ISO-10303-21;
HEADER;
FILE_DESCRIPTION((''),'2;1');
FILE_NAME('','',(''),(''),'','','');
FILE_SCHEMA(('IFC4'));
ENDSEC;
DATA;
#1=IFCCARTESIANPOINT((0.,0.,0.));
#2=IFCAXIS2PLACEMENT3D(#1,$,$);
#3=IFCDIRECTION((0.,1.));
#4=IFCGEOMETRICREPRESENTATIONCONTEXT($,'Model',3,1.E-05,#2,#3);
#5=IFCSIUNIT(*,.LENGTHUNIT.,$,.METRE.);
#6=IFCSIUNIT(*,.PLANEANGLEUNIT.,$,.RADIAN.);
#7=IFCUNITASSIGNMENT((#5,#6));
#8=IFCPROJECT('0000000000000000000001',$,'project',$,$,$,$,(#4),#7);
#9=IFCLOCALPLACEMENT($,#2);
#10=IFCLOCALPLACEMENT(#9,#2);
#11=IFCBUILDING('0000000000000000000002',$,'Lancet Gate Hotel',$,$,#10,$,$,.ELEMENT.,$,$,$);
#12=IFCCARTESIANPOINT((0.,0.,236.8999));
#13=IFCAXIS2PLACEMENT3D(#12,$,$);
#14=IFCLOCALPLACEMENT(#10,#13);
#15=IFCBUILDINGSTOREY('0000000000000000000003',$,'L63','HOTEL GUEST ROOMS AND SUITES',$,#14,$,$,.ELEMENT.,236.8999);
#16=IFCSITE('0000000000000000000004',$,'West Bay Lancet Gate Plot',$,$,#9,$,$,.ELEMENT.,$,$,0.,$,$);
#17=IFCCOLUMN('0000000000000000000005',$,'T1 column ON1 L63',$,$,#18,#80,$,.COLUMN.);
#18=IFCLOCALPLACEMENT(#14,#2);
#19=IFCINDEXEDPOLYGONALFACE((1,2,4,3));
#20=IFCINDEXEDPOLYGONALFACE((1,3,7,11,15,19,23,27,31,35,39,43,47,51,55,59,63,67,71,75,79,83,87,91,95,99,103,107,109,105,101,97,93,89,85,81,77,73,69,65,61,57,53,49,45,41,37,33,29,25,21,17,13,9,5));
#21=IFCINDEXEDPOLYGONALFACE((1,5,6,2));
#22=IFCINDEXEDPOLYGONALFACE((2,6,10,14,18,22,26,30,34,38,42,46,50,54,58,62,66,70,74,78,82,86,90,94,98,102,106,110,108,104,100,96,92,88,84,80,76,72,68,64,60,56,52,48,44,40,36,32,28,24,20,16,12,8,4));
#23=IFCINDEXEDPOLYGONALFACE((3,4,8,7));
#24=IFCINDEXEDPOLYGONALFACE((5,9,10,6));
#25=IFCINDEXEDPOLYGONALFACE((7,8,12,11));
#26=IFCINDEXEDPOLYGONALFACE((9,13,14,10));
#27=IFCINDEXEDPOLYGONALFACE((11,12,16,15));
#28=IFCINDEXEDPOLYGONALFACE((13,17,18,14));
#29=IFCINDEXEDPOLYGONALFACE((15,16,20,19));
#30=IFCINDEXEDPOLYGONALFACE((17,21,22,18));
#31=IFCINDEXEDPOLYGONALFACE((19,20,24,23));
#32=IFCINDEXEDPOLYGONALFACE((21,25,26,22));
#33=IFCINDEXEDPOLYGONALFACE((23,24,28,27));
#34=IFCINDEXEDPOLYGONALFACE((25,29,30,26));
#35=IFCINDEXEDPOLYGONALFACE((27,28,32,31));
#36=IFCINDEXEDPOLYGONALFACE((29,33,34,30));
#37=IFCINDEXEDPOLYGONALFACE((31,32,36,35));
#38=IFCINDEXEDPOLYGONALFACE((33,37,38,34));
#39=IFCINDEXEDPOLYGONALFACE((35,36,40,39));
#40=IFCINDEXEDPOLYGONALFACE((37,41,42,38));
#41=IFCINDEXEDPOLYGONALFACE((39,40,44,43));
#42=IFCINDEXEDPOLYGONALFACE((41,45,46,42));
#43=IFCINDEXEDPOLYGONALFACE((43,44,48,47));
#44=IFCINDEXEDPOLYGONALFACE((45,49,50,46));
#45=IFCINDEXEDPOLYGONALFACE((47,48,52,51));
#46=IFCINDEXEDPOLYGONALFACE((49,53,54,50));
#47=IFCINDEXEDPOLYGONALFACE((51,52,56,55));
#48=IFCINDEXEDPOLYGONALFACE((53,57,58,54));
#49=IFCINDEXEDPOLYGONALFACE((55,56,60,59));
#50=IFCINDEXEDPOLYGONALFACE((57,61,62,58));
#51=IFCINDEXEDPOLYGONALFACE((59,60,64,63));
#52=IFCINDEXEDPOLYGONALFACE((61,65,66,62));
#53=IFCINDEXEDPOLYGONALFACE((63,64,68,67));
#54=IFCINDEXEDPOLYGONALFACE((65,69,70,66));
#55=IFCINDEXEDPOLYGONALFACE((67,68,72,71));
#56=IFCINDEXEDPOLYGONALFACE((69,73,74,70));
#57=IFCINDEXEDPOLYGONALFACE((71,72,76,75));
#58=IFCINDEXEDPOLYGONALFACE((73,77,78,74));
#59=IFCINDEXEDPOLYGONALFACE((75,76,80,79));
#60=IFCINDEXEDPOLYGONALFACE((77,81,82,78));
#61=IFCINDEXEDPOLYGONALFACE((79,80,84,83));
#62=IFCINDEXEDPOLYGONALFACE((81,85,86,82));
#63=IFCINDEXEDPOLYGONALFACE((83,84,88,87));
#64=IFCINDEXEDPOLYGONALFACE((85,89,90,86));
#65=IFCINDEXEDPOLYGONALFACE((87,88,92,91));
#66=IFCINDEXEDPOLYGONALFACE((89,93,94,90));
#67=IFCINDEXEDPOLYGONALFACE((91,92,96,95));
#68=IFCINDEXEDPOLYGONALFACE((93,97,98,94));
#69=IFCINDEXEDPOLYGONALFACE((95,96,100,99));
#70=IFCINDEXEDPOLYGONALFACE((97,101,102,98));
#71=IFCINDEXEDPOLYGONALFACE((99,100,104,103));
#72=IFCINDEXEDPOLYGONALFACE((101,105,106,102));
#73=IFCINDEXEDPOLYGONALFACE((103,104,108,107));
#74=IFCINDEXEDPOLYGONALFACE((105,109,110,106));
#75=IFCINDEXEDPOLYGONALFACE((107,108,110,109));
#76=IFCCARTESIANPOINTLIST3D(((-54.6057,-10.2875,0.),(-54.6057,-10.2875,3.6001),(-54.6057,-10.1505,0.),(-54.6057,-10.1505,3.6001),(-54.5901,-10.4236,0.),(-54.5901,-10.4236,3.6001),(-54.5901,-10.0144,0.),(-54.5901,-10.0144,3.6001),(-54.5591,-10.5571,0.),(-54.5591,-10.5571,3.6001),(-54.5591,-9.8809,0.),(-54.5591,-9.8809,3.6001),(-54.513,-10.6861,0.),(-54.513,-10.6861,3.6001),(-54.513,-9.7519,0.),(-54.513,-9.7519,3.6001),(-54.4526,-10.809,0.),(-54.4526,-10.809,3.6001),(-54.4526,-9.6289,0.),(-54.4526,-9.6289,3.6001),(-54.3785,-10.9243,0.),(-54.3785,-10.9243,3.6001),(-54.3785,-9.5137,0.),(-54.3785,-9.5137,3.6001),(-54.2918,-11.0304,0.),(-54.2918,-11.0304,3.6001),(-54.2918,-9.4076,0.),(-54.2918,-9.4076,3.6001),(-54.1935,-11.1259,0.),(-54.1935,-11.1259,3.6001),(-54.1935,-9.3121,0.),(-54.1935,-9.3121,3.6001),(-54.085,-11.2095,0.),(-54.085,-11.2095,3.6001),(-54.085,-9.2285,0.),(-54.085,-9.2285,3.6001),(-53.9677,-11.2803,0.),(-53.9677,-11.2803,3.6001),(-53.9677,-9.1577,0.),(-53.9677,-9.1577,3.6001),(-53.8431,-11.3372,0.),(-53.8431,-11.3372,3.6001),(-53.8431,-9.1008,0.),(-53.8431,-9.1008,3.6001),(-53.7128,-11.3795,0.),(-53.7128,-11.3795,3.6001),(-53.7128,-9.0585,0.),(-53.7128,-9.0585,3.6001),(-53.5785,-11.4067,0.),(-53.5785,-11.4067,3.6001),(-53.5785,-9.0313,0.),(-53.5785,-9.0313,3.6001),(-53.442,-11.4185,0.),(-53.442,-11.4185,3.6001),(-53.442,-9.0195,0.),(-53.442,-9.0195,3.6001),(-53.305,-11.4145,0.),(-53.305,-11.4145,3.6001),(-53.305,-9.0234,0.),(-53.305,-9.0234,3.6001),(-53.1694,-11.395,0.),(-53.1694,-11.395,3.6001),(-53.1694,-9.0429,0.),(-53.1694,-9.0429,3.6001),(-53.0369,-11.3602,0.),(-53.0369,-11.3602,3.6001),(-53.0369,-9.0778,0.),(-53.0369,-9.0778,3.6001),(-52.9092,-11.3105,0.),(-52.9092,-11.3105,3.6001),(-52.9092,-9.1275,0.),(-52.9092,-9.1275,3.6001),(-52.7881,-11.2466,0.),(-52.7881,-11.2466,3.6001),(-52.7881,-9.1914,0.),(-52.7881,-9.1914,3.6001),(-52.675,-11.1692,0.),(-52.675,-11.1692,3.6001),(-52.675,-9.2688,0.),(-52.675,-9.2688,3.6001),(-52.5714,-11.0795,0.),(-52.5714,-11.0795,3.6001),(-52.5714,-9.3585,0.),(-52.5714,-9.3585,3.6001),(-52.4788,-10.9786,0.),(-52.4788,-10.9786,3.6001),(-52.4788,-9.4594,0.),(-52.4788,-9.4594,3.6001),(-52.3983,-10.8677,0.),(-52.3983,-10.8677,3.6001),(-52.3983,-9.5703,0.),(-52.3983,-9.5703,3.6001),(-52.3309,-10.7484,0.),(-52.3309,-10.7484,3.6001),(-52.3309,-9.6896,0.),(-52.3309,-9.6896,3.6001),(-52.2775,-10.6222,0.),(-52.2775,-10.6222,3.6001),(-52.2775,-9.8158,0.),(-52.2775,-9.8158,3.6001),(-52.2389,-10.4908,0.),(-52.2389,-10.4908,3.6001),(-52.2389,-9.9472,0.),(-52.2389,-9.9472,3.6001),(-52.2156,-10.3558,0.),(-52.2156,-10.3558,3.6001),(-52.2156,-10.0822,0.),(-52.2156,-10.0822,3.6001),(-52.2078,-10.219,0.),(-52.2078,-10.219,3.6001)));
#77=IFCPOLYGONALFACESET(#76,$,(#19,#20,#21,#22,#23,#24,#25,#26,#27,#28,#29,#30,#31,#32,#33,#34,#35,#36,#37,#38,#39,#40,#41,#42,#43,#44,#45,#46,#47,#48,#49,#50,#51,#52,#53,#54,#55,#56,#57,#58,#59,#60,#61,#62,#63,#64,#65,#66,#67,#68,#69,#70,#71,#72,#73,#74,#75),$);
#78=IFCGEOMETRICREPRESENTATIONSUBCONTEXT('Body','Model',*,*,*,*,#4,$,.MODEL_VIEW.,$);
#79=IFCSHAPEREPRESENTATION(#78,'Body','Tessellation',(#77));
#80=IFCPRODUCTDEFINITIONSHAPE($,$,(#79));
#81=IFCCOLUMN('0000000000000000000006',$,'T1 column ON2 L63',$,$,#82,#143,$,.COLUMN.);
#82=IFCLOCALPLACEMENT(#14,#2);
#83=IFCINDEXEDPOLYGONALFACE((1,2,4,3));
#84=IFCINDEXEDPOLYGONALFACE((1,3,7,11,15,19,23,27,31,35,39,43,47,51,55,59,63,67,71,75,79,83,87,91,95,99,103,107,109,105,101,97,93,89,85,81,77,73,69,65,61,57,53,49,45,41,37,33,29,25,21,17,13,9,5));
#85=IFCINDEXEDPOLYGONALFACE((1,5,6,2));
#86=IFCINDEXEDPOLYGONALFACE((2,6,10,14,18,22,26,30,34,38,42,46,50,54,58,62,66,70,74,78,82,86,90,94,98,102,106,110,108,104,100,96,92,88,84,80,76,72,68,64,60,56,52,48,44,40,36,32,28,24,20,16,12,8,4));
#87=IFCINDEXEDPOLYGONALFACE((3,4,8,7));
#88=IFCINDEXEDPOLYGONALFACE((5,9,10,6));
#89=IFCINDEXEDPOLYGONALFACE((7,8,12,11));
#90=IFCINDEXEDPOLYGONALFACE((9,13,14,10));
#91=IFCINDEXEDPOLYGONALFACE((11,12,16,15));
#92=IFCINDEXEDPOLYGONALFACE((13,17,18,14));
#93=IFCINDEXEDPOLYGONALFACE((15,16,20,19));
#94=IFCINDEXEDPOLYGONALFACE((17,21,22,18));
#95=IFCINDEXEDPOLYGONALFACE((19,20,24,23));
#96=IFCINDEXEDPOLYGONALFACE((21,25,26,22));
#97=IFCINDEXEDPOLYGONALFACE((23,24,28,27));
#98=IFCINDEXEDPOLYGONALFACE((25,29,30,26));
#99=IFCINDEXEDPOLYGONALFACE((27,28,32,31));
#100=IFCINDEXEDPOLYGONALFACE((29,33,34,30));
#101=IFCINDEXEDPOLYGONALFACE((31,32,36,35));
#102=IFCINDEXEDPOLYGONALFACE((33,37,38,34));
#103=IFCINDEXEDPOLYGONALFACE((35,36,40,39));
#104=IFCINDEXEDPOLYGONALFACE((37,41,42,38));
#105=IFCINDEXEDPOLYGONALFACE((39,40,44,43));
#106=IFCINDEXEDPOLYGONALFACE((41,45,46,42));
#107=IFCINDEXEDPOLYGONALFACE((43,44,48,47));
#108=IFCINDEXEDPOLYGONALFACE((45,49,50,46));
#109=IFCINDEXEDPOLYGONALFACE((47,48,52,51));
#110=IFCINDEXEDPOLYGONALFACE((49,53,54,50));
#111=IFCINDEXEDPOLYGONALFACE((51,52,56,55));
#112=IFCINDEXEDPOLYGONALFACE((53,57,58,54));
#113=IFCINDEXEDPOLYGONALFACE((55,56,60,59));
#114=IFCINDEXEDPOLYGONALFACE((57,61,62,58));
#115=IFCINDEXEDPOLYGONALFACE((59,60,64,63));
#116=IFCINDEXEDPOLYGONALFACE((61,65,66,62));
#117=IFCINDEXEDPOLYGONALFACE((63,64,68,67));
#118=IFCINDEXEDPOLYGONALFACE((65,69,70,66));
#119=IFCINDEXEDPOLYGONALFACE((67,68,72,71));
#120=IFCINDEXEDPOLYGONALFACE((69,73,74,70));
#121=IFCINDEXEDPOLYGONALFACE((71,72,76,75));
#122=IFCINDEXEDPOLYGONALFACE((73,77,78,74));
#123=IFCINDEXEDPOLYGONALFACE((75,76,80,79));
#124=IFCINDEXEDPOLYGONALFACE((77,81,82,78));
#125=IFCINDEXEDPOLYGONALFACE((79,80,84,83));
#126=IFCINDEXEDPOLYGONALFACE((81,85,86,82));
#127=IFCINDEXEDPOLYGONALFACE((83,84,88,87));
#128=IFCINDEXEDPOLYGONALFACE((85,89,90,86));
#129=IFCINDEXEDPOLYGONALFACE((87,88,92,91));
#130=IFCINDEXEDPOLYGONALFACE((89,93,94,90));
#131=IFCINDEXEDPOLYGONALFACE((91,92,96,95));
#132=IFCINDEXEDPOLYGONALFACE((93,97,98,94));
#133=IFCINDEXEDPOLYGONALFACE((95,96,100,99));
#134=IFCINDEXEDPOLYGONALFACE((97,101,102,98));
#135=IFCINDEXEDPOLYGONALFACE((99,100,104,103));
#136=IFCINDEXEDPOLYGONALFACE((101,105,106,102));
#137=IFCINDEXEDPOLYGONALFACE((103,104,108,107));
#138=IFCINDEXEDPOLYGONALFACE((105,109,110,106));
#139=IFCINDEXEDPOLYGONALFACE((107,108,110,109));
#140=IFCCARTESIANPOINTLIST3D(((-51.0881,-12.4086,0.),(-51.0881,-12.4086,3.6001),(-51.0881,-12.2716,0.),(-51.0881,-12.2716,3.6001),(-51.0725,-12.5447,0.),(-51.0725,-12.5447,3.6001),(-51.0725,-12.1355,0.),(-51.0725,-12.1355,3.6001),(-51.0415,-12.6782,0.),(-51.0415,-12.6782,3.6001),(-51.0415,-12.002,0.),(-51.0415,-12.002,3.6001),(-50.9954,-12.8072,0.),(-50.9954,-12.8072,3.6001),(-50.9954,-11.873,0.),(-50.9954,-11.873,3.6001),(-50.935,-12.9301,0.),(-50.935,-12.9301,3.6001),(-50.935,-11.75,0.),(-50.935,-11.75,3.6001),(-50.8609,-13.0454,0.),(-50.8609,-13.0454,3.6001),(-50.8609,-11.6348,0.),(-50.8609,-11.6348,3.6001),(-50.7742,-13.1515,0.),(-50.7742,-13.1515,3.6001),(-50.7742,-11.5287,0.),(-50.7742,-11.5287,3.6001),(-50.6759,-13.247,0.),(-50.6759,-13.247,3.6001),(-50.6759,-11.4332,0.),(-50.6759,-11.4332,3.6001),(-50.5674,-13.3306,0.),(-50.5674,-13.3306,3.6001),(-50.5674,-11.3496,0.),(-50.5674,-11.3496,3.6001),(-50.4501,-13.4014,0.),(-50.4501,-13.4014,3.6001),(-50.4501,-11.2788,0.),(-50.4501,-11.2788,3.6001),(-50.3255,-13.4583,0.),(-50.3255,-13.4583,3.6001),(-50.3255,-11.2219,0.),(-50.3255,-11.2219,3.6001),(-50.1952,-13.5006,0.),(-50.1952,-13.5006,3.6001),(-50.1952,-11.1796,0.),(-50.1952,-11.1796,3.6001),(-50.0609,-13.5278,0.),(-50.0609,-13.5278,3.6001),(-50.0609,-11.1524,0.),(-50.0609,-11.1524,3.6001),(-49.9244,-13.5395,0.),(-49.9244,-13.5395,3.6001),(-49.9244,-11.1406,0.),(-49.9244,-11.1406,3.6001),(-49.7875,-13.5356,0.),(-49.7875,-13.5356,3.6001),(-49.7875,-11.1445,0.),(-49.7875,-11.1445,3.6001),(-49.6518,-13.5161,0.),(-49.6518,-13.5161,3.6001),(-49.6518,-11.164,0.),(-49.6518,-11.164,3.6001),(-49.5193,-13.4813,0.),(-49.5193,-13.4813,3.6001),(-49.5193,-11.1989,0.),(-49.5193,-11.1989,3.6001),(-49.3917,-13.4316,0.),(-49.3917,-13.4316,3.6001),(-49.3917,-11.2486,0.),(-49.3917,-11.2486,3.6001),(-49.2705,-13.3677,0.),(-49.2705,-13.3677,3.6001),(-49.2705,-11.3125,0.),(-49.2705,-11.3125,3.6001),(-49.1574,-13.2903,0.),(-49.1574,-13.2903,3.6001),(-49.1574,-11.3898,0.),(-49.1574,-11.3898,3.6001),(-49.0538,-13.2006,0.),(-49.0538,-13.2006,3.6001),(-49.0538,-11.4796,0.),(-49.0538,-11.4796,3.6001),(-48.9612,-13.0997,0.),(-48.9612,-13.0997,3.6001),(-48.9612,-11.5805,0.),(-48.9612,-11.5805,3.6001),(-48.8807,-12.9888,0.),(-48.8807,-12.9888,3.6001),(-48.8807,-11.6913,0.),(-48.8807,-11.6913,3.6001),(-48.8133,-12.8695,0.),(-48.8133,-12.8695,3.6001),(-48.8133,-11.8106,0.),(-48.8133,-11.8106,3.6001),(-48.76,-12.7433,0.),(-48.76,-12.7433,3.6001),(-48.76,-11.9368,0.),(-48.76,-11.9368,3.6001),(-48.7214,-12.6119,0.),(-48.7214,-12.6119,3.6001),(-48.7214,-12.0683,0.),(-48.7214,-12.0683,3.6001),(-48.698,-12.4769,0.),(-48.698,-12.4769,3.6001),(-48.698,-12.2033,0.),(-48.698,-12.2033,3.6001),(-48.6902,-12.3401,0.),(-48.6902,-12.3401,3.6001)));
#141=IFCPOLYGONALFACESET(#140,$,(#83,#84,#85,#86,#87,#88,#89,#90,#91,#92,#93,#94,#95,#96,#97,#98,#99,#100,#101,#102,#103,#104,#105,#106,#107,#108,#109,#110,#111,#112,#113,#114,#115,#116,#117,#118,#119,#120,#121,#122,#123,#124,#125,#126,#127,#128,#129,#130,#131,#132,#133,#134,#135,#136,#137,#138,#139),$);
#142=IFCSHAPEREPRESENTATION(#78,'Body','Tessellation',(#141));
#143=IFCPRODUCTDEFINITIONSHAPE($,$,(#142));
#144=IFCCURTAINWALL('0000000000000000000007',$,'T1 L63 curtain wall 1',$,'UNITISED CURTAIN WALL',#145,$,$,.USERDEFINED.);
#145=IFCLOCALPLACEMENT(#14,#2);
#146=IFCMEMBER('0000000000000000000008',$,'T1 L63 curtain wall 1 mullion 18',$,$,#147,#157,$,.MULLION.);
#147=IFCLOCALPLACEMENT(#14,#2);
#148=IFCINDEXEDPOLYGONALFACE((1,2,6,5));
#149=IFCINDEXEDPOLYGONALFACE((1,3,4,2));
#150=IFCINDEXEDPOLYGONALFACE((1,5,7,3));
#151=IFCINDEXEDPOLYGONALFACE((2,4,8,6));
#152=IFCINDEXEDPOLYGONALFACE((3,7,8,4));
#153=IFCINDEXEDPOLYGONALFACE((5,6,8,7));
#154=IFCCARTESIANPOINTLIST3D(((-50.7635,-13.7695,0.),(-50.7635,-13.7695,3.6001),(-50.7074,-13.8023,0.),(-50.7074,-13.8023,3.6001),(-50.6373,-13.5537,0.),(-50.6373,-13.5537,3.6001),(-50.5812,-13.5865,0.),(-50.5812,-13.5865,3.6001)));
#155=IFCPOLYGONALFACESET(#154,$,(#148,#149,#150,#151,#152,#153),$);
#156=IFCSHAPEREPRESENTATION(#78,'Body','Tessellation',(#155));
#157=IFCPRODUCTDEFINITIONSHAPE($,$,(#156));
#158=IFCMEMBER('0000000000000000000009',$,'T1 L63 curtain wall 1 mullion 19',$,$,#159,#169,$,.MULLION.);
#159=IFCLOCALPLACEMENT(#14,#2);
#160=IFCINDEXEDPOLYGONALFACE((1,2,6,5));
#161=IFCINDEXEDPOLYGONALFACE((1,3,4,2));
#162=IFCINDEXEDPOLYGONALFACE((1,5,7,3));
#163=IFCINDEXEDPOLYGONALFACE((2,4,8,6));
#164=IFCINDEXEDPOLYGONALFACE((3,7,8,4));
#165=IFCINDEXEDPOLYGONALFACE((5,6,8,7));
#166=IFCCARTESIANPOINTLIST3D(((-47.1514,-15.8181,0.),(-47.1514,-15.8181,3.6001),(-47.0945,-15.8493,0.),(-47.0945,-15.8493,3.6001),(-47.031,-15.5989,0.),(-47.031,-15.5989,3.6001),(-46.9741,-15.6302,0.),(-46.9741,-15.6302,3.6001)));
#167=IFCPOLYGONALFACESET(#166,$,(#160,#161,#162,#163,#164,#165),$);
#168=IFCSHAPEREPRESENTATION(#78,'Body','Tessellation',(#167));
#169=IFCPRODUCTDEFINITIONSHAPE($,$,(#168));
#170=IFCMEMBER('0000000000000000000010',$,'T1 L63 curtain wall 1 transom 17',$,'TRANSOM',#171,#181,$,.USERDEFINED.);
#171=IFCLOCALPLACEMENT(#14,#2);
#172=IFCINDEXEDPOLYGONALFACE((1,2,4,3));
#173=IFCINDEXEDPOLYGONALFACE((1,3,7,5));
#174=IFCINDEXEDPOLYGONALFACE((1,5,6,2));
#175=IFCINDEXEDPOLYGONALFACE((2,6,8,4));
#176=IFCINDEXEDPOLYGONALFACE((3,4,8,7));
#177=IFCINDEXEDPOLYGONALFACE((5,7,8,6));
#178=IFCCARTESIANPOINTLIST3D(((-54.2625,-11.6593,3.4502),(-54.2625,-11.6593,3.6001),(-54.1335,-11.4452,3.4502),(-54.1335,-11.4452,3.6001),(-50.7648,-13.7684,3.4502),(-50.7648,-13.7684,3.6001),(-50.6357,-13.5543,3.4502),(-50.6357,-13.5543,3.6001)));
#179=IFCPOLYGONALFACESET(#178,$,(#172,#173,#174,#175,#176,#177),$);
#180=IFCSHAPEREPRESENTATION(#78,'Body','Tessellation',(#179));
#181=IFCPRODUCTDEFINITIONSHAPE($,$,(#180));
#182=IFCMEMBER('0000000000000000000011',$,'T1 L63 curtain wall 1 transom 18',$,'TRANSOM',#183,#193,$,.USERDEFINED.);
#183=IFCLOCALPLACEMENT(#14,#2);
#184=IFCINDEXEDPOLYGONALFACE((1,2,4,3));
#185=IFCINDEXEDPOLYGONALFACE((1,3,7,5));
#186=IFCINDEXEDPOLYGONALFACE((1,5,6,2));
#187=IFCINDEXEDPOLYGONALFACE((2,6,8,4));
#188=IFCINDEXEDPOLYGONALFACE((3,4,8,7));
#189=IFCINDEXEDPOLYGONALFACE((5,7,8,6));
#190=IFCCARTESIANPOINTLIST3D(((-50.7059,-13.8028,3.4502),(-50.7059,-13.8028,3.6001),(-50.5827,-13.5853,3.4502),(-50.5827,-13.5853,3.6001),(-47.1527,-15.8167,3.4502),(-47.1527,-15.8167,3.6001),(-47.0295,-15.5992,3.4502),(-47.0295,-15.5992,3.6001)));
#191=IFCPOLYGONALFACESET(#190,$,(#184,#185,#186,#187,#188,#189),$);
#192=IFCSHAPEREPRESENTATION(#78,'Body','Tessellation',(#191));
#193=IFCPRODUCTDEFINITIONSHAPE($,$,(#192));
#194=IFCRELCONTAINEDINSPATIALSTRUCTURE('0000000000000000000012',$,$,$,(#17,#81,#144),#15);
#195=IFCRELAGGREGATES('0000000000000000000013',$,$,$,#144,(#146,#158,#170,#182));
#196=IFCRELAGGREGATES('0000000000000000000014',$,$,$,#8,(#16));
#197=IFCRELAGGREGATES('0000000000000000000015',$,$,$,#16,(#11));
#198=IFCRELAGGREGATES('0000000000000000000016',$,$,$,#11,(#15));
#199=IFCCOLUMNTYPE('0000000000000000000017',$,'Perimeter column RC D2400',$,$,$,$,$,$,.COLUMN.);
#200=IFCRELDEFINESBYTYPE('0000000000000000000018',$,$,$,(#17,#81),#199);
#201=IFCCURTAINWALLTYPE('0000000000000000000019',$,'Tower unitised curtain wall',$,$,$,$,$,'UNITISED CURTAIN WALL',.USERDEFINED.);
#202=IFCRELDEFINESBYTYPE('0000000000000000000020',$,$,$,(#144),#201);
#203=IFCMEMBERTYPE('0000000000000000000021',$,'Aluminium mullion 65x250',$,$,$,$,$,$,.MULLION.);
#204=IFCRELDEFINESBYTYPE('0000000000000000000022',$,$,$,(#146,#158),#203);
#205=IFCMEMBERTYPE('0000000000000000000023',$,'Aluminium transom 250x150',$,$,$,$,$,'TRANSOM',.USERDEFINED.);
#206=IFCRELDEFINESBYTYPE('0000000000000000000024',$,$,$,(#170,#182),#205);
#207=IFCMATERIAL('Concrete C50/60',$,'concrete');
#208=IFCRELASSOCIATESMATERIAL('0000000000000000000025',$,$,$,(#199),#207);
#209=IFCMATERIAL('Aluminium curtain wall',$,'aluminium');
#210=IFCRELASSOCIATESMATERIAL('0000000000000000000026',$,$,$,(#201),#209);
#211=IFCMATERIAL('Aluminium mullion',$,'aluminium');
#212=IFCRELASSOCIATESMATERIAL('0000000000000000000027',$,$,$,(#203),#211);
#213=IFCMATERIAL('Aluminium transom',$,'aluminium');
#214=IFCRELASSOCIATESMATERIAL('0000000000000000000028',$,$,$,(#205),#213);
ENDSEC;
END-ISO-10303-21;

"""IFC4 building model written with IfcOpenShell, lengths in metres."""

from ifc_helpers import new_model, si_unit, direction, frame, origin, origin_2d, place, context, subcontext, project, spatial, rectangle, circle, extrude, material, material_profile, profile_set, type_object, element, aggregate, save


model = new_model("IFC4")

# Units and contexts
model_context = context("Model", 3, precision=1e-05, world=origin(), true_north=direction((0.0, 1.0)))
body_context = subcontext(model_context, "Body", "Model", "MODEL_VIEW")
ifc_project = project(units=[si_unit("LENGTHUNIT", "METRE"), si_unit("PLANEANGLEUNIT", "RADIAN")], contexts=[model_context])

# Site, building, storey
site_placement = place(None, origin())
site = spatial("IfcSite", under=ifc_project, at=site_placement, Name="West Bay Lancet Gate Plot", CompositionType="ELEMENT", RefElevation=0.0)
building_placement = place(site_placement, origin())
building = spatial("IfcBuilding", under=site, at=building_placement, Name="Lancet Gate Hotel", CompositionType="ELEMENT")
storey_placement = place(building_placement, frame((0.0, 0.0, 236.8999)))
storey = spatial("IfcBuildingStorey", under=building, at=storey_placement, Name="L63", Description="HOTEL GUEST ROOMS AND SUITES", CompositionType="ELEMENT", Elevation=236.8999)

# Columns
ifc_material_1 = material(Name="Concrete C50/60", Category="concrete")
ifc_material_profile_1 = material_profile(ifc_material_1, circle(Radius=1.2, at=origin_2d()), Name="RC D2400")
ifc_profile_set_1 = profile_set([ifc_material_profile_1], Name="Concrete C50/60")
column_type = type_object("IfcColumnType", Name="Perimeter column RC D2400", PredefinedType="COLUMN", material=ifc_profile_set_1)
for number, where, z_axis, x_axis, name in (
    (1, (-53.4077, -10.219, 0.0), (0.0, 0.0, 1.0), (1.0, 0.0, 0.0), "T1 column ON1 L63"),
    (2, (-49.8901, -12.3401, 0.0), (0.0, 0.0, 1.0), (1.0, 0.0, 0.0), "T1 column ON2 L63"),
):
    element("IfcColumn", number, at=place(storey_placement, frame(where, z_axis=z_axis, x_axis=x_axis)), inside=storey, type_object=column_type, Name=name, PredefinedType="COLUMN", context=body_context, shape_type="SweptSolid", body=[
        extrude(circle(Radius=1.2, at=origin_2d()), origin(), (0.0, 0.0, 1.0), 3.6001),
    ])

# Curtain wall, members
ifc_material_2 = material(Name="Aluminium curtain wall", Category="aluminium")
curtain_wall_type = type_object("IfcCurtainWallType", Name="Tower unitised curtain wall", ElementType="UNITISED CURTAIN WALL", PredefinedType="USERDEFINED", material=ifc_material_2)
curtain_wall_placement = place(storey_placement, origin())
curtain_wall = element("IfcCurtainWall", 3, at=curtain_wall_placement, inside=storey, type_object=curtain_wall_type, Name="T1 L63 curtain wall 1", ObjectType="UNITISED CURTAIN WALL", PredefinedType="USERDEFINED")
ifc_material_3 = material(Name="Aluminium mullion", Category="aluminium")
ifc_material_profile_2 = material_profile(ifc_material_3, rectangle(XDim=0.0649, YDim=0.25, at=origin_2d()), Name="MULLION 65x250")
ifc_profile_set_2 = profile_set([ifc_material_profile_2], Name="Aluminium mullion")
member_type_1 = type_object("IfcMemberType", Name="Aluminium mullion 65x250", PredefinedType="MULLION", material=ifc_profile_set_2)
member_1_placement = place(storey_placement, frame((-50.6724, -13.678, 0.0), z_axis=(0.0, 0.0, 1.0), x_axis=(0.863242, -0.50479, 0.0)))
member_1 = element("IfcMember", 4, at=member_1_placement, type_object=member_type_1, Name="T1 L63 curtain wall 1 mullion 18", PredefinedType="MULLION", context=body_context, shape_type="SweptSolid", body=[
    extrude(rectangle(XDim=0.0649, YDim=0.25, at=origin_2d()), origin(), (0.0, 0.0, 1.0), 3.6001),
])
member_2_placement = place(storey_placement, frame((-47.0627, -15.7241, 0.0), z_axis=(0.0, 0.0, 1.0), x_axis=(0.876516, -0.481372, 0.0)))
member_2 = element("IfcMember", 5, at=member_2_placement, type_object=member_type_1, Name="T1 L63 curtain wall 1 mullion 19", PredefinedType="MULLION", context=body_context, shape_type="SweptSolid", body=[
    extrude(rectangle(XDim=0.0649, YDim=0.25, at=origin_2d()), origin(), (0.0, 0.0, 1.0), 3.6001),
])
ifc_material_4 = material(Name="Aluminium transom", Category="aluminium")
ifc_material_profile_3 = material_profile(ifc_material_4, rectangle(XDim=0.25, YDim=0.1499, at=origin_2d()), Name="TRANSOM 250x150")
ifc_profile_set_3 = profile_set([ifc_material_profile_3], Name="Aluminium transom")
member_type_2 = type_object("IfcMemberType", Name="Aluminium transom 250x150", ElementType="TRANSOM", PredefinedType="USERDEFINED", material=ifc_profile_set_3)
member_3_placement = place(storey_placement, frame((-54.198, -11.5522, 3.5251), z_axis=(0.856362, -0.516376, 0.0), x_axis=(0.516376, 0.856362, 0.0)))
member_3 = element("IfcMember", 6, at=member_3_placement, type_object=member_type_2, Name="T1 L63 curtain wall 1 transom 17", ObjectType="TRANSOM", PredefinedType="USERDEFINED", context=body_context, shape_type="SweptSolid", body=[
    extrude(rectangle(XDim=0.25, YDim=0.1499, at=origin_2d()), origin(), (0.0, 0.0, 1.0), 4.0845),
])
member_4_placement = place(storey_placement, frame((-50.6443, -13.6941, 3.5251), z_axis=(0.869978, -0.493091, 0.0), x_axis=(0.493091, 0.869978, 0.0)))
member_4 = element("IfcMember", 7, at=member_4_placement, type_object=member_type_2, Name="T1 L63 curtain wall 1 transom 18", ObjectType="TRANSOM", PredefinedType="USERDEFINED", context=body_context, shape_type="SweptSolid", body=[
    extrude(rectangle(XDim=0.25, YDim=0.1499, at=origin_2d()), origin(), (0.0, 0.0, 1.0), 4.0842),
])

aggregate(curtain_wall, [member_1, member_2, member_3, member_4])

save(model, "model.ifc")
